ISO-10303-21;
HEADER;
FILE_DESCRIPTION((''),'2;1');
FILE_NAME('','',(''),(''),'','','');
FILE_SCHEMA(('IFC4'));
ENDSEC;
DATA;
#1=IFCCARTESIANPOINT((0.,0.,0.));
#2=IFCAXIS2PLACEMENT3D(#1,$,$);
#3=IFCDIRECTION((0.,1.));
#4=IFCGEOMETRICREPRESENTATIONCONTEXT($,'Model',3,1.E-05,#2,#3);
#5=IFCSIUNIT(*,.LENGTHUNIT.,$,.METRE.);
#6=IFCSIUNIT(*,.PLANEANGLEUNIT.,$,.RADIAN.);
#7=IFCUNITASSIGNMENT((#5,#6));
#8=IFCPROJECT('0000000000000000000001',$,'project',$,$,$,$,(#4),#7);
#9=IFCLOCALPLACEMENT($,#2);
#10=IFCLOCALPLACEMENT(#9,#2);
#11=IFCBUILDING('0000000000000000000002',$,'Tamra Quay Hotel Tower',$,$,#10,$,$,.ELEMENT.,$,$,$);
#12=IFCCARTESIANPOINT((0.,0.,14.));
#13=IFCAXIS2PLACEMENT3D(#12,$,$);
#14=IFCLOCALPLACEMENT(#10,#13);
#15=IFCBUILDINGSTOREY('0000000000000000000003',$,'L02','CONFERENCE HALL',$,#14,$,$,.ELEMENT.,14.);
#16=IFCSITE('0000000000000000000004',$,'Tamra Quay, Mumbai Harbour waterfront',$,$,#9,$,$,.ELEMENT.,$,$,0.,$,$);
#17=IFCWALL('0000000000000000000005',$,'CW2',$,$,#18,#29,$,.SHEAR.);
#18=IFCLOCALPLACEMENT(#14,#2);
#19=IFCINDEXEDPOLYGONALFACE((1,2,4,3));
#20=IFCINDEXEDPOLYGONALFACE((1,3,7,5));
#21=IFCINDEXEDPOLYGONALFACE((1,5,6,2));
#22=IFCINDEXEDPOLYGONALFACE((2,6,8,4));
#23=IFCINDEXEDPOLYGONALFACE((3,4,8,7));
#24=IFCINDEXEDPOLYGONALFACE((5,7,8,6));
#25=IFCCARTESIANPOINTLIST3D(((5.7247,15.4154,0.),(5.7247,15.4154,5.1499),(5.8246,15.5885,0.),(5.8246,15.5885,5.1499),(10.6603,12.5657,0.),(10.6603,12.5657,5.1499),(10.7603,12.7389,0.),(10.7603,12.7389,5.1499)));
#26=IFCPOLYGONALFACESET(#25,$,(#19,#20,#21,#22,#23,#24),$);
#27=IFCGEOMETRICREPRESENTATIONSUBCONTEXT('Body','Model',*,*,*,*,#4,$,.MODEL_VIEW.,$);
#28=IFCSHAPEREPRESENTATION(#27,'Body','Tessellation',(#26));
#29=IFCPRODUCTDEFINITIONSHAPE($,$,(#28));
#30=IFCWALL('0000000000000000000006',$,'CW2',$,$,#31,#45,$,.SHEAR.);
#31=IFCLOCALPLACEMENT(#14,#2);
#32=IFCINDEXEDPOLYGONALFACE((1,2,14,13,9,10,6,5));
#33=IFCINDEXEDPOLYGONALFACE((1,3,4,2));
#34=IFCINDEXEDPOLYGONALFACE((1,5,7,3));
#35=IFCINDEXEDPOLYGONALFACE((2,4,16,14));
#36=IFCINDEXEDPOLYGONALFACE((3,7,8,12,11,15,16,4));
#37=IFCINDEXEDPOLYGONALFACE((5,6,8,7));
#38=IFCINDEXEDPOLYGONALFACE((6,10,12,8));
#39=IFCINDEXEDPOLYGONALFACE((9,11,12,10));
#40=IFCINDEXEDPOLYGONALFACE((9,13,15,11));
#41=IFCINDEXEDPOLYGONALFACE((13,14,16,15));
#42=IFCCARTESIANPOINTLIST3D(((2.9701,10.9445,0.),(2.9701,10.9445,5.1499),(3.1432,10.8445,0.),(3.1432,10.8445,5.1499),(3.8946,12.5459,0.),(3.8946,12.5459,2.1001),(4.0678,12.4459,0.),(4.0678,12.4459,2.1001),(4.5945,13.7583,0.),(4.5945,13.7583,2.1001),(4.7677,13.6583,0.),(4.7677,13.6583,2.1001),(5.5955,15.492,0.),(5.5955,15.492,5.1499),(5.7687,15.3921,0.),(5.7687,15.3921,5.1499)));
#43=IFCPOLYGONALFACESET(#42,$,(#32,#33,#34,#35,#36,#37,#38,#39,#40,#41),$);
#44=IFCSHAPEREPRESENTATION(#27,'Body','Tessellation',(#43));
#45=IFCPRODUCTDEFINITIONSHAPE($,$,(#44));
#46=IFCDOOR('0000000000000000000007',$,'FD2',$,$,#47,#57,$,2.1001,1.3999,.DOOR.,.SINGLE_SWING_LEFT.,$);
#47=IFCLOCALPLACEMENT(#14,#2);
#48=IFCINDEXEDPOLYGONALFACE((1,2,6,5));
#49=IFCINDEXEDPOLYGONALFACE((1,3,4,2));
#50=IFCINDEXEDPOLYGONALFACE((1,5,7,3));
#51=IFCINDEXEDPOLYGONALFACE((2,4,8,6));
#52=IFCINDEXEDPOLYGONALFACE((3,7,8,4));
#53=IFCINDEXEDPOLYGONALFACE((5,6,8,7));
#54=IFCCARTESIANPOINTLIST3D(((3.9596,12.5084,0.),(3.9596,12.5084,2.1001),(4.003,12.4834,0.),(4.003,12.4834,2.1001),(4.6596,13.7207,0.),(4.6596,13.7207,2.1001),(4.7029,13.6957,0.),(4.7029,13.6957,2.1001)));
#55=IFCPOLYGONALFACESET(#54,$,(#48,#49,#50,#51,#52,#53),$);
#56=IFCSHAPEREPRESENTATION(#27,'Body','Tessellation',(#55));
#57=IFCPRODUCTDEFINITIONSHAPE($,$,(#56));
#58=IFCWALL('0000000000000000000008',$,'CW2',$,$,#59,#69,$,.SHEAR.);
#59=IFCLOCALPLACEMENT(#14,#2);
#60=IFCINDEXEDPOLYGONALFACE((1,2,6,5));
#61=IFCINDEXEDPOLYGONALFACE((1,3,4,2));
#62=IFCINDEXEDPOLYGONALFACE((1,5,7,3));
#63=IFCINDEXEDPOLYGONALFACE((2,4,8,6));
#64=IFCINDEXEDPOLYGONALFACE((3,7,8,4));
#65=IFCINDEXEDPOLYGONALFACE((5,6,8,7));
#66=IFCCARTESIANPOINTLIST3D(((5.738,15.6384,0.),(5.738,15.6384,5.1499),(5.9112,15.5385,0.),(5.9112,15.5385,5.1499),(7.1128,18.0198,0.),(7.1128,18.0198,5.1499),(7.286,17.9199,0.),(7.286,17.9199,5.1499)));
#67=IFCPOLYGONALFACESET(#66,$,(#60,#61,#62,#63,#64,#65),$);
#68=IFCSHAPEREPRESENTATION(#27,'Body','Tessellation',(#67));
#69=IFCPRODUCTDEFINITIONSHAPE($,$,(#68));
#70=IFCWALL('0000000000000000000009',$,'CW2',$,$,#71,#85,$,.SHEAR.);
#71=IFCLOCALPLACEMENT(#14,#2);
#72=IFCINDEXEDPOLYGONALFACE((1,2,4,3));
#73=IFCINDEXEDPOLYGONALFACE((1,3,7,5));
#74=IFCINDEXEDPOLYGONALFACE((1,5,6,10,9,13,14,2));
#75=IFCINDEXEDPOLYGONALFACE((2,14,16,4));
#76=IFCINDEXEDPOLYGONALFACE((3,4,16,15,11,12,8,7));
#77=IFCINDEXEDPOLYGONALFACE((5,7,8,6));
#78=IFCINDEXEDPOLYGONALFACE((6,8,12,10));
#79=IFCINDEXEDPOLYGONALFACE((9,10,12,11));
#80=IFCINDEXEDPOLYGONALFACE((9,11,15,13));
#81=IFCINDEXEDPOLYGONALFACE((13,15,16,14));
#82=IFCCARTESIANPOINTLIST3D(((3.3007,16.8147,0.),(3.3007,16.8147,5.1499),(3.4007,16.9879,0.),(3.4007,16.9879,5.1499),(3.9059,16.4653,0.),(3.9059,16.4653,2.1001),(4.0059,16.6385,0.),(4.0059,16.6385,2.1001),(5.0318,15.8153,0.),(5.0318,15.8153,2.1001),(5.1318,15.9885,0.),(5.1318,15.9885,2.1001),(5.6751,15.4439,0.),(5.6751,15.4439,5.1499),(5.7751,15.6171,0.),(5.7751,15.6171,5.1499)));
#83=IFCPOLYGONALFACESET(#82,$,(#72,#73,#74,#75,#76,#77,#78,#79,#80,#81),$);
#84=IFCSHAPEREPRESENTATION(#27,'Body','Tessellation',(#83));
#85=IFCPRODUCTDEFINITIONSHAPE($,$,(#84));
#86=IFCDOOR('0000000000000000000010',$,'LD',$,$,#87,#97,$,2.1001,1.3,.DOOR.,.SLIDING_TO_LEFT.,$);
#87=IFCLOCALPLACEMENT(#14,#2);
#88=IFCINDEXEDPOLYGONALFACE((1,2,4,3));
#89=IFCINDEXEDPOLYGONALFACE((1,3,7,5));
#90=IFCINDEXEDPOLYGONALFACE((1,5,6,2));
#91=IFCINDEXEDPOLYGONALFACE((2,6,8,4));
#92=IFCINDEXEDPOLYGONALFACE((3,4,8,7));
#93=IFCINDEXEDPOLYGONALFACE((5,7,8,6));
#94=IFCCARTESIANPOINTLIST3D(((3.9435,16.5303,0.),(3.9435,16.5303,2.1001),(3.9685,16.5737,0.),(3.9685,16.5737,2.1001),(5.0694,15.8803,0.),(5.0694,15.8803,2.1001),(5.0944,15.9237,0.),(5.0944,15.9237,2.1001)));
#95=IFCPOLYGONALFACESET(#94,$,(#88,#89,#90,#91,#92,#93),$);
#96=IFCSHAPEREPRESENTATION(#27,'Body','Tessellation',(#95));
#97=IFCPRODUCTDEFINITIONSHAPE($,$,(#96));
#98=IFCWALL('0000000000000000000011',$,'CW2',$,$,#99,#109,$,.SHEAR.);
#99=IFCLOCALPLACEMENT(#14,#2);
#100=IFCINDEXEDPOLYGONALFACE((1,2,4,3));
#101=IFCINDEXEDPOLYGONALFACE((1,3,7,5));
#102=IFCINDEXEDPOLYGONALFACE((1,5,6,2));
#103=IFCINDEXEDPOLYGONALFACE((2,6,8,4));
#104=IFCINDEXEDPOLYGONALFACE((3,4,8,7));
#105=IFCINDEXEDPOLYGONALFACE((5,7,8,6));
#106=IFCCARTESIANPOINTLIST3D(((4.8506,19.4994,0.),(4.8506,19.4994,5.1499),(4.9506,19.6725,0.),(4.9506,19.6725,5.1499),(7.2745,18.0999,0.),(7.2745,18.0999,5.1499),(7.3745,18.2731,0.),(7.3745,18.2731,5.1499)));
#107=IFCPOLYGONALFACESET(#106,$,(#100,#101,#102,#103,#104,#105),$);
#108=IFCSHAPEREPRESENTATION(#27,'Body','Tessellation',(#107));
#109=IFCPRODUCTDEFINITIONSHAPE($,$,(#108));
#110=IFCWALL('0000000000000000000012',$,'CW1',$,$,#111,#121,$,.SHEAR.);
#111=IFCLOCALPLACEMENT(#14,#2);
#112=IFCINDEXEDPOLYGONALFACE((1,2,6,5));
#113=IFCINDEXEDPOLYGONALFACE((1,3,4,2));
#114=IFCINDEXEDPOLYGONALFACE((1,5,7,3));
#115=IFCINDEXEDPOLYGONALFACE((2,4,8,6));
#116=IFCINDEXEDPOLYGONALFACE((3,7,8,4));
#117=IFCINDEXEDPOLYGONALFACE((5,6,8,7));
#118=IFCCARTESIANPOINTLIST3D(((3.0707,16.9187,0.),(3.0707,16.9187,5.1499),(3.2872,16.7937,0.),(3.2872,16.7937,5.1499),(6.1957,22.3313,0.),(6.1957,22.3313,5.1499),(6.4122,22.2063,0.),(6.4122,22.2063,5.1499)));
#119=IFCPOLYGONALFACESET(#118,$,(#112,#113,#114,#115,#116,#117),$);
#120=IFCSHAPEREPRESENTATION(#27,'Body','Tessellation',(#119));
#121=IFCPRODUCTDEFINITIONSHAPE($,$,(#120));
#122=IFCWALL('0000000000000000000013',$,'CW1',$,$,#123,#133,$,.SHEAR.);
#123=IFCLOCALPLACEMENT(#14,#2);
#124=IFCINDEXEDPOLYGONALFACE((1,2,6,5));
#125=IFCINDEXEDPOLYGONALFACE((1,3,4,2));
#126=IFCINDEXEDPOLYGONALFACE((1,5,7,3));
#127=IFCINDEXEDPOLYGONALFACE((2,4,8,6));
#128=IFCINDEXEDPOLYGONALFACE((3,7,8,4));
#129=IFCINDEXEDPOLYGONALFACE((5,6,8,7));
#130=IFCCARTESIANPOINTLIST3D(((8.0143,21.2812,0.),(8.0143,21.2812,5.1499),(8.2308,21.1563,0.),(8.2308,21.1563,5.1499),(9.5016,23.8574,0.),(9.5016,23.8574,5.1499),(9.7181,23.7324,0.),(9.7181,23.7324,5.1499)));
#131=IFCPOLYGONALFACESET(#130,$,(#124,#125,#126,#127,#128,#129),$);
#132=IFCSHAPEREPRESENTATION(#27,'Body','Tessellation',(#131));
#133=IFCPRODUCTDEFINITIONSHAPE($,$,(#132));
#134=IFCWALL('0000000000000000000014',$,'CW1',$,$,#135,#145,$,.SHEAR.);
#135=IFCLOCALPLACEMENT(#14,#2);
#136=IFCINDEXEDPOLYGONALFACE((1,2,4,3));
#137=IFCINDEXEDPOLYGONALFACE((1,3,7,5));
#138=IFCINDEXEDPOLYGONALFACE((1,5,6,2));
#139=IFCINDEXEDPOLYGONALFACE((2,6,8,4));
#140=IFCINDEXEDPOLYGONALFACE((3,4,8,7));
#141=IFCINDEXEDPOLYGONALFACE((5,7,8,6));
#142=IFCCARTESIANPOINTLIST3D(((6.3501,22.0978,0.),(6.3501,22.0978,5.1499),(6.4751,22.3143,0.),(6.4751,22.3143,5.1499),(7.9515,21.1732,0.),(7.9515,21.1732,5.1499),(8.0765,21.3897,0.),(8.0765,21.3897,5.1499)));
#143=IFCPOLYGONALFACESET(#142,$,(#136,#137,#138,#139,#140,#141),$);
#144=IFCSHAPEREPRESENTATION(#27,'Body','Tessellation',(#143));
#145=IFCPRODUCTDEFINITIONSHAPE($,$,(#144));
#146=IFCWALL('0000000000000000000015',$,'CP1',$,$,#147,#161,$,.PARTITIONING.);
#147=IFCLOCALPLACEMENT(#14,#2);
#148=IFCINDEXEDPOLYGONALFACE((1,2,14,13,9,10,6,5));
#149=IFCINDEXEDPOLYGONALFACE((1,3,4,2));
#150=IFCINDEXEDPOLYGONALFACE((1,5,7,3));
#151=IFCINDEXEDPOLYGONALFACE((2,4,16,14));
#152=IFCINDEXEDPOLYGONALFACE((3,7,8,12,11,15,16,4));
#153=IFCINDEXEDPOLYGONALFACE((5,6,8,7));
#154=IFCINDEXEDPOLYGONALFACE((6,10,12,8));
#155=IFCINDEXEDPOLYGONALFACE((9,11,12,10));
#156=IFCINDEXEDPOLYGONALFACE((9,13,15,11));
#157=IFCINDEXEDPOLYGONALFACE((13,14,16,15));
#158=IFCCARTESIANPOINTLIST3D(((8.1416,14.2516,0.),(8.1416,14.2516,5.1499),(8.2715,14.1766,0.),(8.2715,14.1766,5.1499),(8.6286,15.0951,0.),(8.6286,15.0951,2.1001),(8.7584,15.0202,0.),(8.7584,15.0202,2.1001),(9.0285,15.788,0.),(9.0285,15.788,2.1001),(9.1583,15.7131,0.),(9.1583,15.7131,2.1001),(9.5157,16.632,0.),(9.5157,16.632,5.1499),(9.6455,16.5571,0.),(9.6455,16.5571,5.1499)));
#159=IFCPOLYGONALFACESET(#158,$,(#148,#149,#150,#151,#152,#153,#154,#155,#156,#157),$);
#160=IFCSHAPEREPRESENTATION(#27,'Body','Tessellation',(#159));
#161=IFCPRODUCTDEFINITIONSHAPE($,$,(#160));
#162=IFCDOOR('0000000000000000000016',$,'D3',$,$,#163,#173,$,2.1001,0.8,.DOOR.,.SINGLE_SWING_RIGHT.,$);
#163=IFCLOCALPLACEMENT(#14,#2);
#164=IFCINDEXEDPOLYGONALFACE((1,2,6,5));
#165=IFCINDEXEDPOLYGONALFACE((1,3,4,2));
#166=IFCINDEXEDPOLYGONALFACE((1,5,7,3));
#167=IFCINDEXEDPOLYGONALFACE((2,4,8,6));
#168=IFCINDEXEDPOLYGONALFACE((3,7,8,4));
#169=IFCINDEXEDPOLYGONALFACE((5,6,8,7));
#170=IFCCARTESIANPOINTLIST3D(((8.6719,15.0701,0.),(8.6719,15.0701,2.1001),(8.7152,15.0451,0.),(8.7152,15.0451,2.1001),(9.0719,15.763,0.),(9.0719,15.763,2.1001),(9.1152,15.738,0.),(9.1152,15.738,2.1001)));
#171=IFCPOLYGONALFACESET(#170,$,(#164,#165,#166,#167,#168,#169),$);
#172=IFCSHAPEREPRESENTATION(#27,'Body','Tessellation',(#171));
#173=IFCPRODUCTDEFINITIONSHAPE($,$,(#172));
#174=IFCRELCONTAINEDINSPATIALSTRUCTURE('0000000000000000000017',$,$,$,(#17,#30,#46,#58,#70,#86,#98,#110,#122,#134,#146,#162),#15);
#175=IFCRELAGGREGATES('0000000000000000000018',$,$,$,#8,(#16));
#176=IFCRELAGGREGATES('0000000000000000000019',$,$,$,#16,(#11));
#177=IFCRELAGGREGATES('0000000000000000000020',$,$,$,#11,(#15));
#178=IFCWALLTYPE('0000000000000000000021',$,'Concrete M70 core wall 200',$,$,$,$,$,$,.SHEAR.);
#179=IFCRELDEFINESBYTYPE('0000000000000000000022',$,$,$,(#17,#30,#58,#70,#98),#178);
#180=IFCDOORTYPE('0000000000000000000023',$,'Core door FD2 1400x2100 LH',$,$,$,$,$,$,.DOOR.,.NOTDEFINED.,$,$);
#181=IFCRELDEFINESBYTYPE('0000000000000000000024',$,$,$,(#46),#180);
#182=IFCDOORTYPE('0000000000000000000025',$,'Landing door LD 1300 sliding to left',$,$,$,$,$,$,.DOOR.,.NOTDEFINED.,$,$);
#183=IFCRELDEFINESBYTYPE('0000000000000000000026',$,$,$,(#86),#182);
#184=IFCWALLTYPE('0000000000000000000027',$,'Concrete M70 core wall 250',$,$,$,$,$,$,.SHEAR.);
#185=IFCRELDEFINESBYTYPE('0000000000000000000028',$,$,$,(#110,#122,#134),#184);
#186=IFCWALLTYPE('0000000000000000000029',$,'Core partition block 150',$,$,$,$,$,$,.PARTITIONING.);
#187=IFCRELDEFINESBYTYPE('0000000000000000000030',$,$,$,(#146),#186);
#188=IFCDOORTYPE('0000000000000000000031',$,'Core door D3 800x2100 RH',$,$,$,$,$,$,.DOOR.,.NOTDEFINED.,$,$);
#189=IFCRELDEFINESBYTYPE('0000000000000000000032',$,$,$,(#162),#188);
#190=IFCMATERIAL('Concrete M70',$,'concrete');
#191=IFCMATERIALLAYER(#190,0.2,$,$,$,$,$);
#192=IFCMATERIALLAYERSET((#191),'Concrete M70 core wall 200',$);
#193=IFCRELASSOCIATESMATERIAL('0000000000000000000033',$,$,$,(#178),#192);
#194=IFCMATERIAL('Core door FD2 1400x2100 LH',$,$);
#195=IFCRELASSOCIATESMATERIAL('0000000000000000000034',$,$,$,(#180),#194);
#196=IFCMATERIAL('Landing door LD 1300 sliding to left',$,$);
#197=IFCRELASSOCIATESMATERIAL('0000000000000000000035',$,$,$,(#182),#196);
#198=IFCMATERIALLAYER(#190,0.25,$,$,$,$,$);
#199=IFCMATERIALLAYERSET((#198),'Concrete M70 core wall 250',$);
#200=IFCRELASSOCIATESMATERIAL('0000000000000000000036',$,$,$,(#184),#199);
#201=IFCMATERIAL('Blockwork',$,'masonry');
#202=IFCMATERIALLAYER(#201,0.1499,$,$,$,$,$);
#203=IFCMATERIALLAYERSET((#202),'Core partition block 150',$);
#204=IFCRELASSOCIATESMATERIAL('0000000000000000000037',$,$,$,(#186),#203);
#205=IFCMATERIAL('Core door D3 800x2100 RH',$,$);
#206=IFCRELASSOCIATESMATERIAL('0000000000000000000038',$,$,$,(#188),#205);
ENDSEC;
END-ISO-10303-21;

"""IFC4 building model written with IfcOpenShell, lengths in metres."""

from ifc_helpers import new_model, si_unit, direction, frame, frame_2d, origin, place, context, subcontext, project, spatial, rectangle, extrude, material, layer, layer_set, type_object, element, fill, save


model = new_model("IFC4")

# Units and contexts
model_context = context("Model", 3, precision=1e-05, world=origin(), true_north=direction((0.0, 1.0)))
body_context = subcontext(model_context, "Body", "Model", "MODEL_VIEW")
ifc_project = project(units=[si_unit("LENGTHUNIT", "METRE"), si_unit("PLANEANGLEUNIT", "RADIAN")], contexts=[model_context])

# Site, building, storey
site_placement = place(None, origin())
site = spatial("IfcSite", under=ifc_project, at=site_placement, Name="Tamra Quay, Mumbai Harbour waterfront", CompositionType="ELEMENT", RefElevation=0.0)
building_placement = place(site_placement, origin())
building = spatial("IfcBuilding", under=site, at=building_placement, Name="Tamra Quay Hotel Tower", CompositionType="ELEMENT")
storey_placement = place(building_placement, frame((0.0, 0.0, 14.0)))
storey = spatial("IfcBuildingStorey", under=building, at=storey_placement, Name="L02", Description="CONFERENCE HALL", CompositionType="ELEMENT", Elevation=14.0)

# Wall
ifc_material_1 = material(Name="Concrete M70", Category="concrete")
ifc_layer_1 = layer(ifc_material_1, 0.2)
ifc_layer_set_1 = layer_set([ifc_layer_1], Name="Concrete M70 core wall 200")
wall_type_1 = type_object("IfcWallType", Name="Concrete M70 core wall 200", PredefinedType="SHEAR", material=ifc_layer_set_1)
wall_1_placement = place(storey_placement, frame((5.7747, 15.502, 0.0), z_axis=(0.0, 0.0, 1.0), x_axis=(0.86602, -0.500009, 0.0)))
element("IfcWall", 1, at=wall_1_placement, inside=storey, type_object=wall_type_1, Name="CW2", PredefinedType="SHEAR", context=body_context, shape_type="SweptSolid", body=[
    extrude(rectangle(XDim=5.6992, YDim=0.2, at=frame_2d((2.8496, 0.0))), origin(), (0.0, 0.0, 1.0), 5.1499),
])

# Wall, opening, door
wall_2_placement = place(storey_placement, frame((3.0566, 10.8945, 0.0), z_axis=(0.0, 0.0, 1.0), x_axis=(0.499989, 0.866032, 0.0)))
wall_2 = element("IfcWall", 2, at=wall_2_placement, inside=storey, type_object=wall_type_1, Name="CW2", PredefinedType="SHEAR", context=body_context, shape_type="SweptSolid", body=[
    extrude(rectangle(XDim=5.251, YDim=0.2, at=frame_2d((2.6255, 0.0))), origin(), (0.0, 0.0, 1.0), 5.1499),
])
opening_1_placement = place(wall_2_placement, frame((1.8491, 0.0, 0.0)))
opening_1 = element("IfcOpeningElement", 3, at=opening_1_placement, cuts=wall_2, PredefinedType="OPENING", context=body_context, shape_type="SweptSolid", body=[
    extrude(rectangle(XDim=1.3999, YDim=2.1001, at=frame_2d((0.7, 1.05))), frame((0.0, 0.1099, 0.0), z_axis=(0.0, -1.0, 0.0), x_axis=(1.0, 0.0, 0.0)), (0.0, 0.0, 1.0), 0.22),
])
ifc_material_2 = material(Name="Core door FD2 1400x2100 LH")
door_type_1 = type_object("IfcDoorType", Name="Core door FD2 1400x2100 LH", OperationType="NOTDEFINED", PredefinedType="DOOR", material=ifc_material_2)
door_1_placement = place(opening_1_placement, origin())
door_1 = element("IfcDoor", 4, at=door_1_placement, inside=storey, type_object=door_type_1, Name="FD2", OperationType="SINGLE_SWING_LEFT", OverallHeight=2.1001, OverallWidth=1.3999, PredefinedType="DOOR", context=body_context, shape_type="SweptSolid", body=[
    extrude(rectangle(XDim=1.3999, YDim=2.1001, at=frame_2d((0.7, 1.05))), frame((0.0, 0.0249, 0.0), z_axis=(0.0, -1.0, 0.0), x_axis=(1.0, 0.0, 0.0)), (0.0, 0.0, 1.0), 0.05),
])
fill(opening_1, door_1)

# Wall
wall_3_placement = place(storey_placement, frame((7.1995, 17.97, 0.0), z_axis=(0.0, 0.0, 1.0), x_axis=(-0.499968, -0.866044, 0.0)))
element("IfcWall", 5, at=wall_3_placement, inside=storey, type_object=wall_type_1, Name="CW2", PredefinedType="SHEAR", context=body_context, shape_type="SweptSolid", body=[
    extrude(rectangle(XDim=2.7498, YDim=0.2, at=frame_2d((1.375, 0.0))), origin(), (0.0, 0.0, 1.0), 5.1499),
])

# Wall, opening, door
wall_4_placement = place(storey_placement, frame((5.7251, 15.5305, 0.0), z_axis=(0.0, 0.0, 1.0), x_axis=(-0.866037, 0.499979, 0.0)))
wall_4 = element("IfcWall", 6, at=wall_4_placement, inside=storey, type_object=wall_type_1, Name="CW2", PredefinedType="SHEAR", context=body_context, shape_type="SweptSolid", body=[
    extrude(rectangle(XDim=2.7417, YDim=0.2, at=frame_2d((1.3708, 0.0))), origin(), (0.0, 0.0, 1.0), 5.1499),
])
opening_2_placement = place(wall_4_placement, frame((0.7429, 0.0, 0.0)))
opening_2 = element("IfcOpeningElement", 7, at=opening_2_placement, cuts=wall_4, PredefinedType="OPENING", context=body_context, shape_type="SweptSolid", body=[
    extrude(rectangle(XDim=1.3, YDim=2.1001, at=frame_2d((0.6499, 1.05))), frame((0.0, 0.1099, 0.0), z_axis=(0.0, -1.0, 0.0), x_axis=(1.0, 0.0, 0.0)), (0.0, 0.0, 1.0), 0.22),
])
ifc_material_3 = material(Name="Landing door LD 1300 sliding to left")
door_type_2 = type_object("IfcDoorType", Name="Landing door LD 1300 sliding to left", OperationType="NOTDEFINED", PredefinedType="DOOR", material=ifc_material_3)
door_2_placement = place(opening_2_placement, origin())
door_2 = element("IfcDoor", 8, at=door_2_placement, inside=storey, type_object=door_type_2, Name="LD", OperationType="SLIDING_TO_LEFT", OverallHeight=2.1001, OverallWidth=1.3, PredefinedType="DOOR", context=body_context, shape_type="SweptSolid", body=[
    extrude(rectangle(XDim=1.3, YDim=2.1001, at=frame_2d((0.6499, 1.05))), frame((0.0, 0.0249, 0.0), z_axis=(0.0, -1.0, 0.0), x_axis=(1.0, 0.0, 0.0)), (0.0, 0.0, 1.0), 0.05),
])
fill(opening_2, door_2)

# Walls
wall_5_placement = place(storey_placement, frame((4.9006, 19.5859, 0.0), z_axis=(0.0, 0.0, 1.0), x_axis=(0.866023, -0.500004, 0.0)))
element("IfcWall", 9, at=wall_5_placement, inside=storey, type_object=wall_type_1, Name="CW2", PredefinedType="SHEAR", context=body_context, shape_type="SweptSolid", body=[
    extrude(rectangle(XDim=2.7988, YDim=0.2, at=frame_2d((1.3994, 0.0))), origin(), (0.0, 0.0, 1.0), 5.1499),
])
ifc_layer_2 = layer(ifc_material_1, 0.25)
ifc_layer_set_2 = layer_set([ifc_layer_2], Name="Concrete M70 core wall 250")
wall_type_2 = type_object("IfcWallType", Name="Concrete M70 core wall 250", PredefinedType="SHEAR", material=ifc_layer_set_2)
wall_6_placement = place(storey_placement, frame((3.179, 16.8562, 0.0), z_axis=(0.0, 0.0, 1.0), x_axis=(0.500004, 0.866023, 0.0)))
element("IfcWall", 10, at=wall_6_placement, inside=storey, type_object=wall_type_2, Name="CW1", PredefinedType="SHEAR", context=body_context, shape_type="SweptSolid", body=[
    extrude(rectangle(XDim=6.25, YDim=0.25, at=frame_2d((3.125, 0.0))), origin(), (0.0, 0.0, 1.0), 5.1499),
])
wall_7_placement = place(storey_placement, frame((8.1226, 21.2188, 0.0), z_axis=(0.0, 0.0, 1.0), x_axis=(0.499988, 0.866033, 0.0)))
element("IfcWall", 11, at=wall_7_placement, inside=storey, type_object=wall_type_2, Name="CW1", PredefinedType="SHEAR", context=body_context, shape_type="SweptSolid", body=[
    extrude(rectangle(XDim=2.9746, YDim=0.25, at=frame_2d((1.4873, 0.0))), origin(), (0.0, 0.0, 1.0), 5.1499),
])
wall_8_placement = place(storey_placement, frame((6.4126, 22.2061, 0.0), z_axis=(0.0, 0.0, 1.0), x_axis=(0.866016, -0.500016, 0.0)))
element("IfcWall", 12, at=wall_8_placement, inside=storey, type_object=wall_type_2, Name="CW1", PredefinedType="SHEAR", context=body_context, shape_type="SweptSolid", body=[
    extrude(rectangle(XDim=1.8491, YDim=0.25, at=frame_2d((0.9246, 0.0))), origin(), (0.0, 0.0, 1.0), 5.1499),
])

# Wall, opening, door
ifc_material_4 = material(Name="Blockwork", Category="masonry")
ifc_layer_3 = layer(ifc_material_4, 0.1499)
ifc_layer_set_3 = layer_set([ifc_layer_3], Name="Core partition block 150")
wall_type_3 = type_object("IfcWallType", Name="Core partition block 150", PredefinedType="PARTITIONING", material=ifc_layer_set_3)
wall_9_placement = place(storey_placement, frame((8.2065, 14.2141, 0.0), z_axis=(0.0, 0.0, 1.0), x_axis=(0.499922, 0.86607, 0.0)))
wall_9 = element("IfcWall", 13, at=wall_9_placement, inside=storey, type_object=wall_type_3, Name="CP1", PredefinedType="PARTITIONING", context=body_context, shape_type="SweptSolid", body=[
    extrude(rectangle(XDim=2.7485, YDim=0.1499, at=frame_2d((1.3743, 0.0))), origin(), (0.0, 0.0, 1.0), 5.1499),
])
opening_3_placement = place(wall_9_placement, frame((0.9741, 0.0, 0.0)))
opening_3 = element("IfcOpeningElement", 14, at=opening_3_placement, cuts=wall_9, PredefinedType="OPENING", context=body_context, shape_type="SweptSolid", body=[
    extrude(rectangle(XDim=0.8, YDim=2.1001, at=frame_2d((0.3999, 1.05))), frame((0.0, 0.085, 0.0), z_axis=(0.0, -1.0, 0.0), x_axis=(1.0, 0.0, 0.0)), (0.0, 0.0, 1.0), 0.1699),
])
ifc_material_5 = material(Name="Core door D3 800x2100 RH")
door_type_3 = type_object("IfcDoorType", Name="Core door D3 800x2100 RH", OperationType="NOTDEFINED", PredefinedType="DOOR", material=ifc_material_5)
door_3_placement = place(opening_3_placement, origin())
door_3 = element("IfcDoor", 15, at=door_3_placement, inside=storey, type_object=door_type_3, Name="D3", OperationType="SINGLE_SWING_RIGHT", OverallHeight=2.1001, OverallWidth=0.8, PredefinedType="DOOR", context=body_context, shape_type="SweptSolid", body=[
    extrude(rectangle(XDim=0.8, YDim=2.1001, at=frame_2d((0.3999, 1.05))), frame((0.0, 0.0249, 0.0), z_axis=(0.0, -1.0, 0.0), x_axis=(1.0, 0.0, 0.0)), (0.0, 0.0, 1.0), 0.05),
])
fill(opening_3, door_3)

save(model, "model.ifc")
